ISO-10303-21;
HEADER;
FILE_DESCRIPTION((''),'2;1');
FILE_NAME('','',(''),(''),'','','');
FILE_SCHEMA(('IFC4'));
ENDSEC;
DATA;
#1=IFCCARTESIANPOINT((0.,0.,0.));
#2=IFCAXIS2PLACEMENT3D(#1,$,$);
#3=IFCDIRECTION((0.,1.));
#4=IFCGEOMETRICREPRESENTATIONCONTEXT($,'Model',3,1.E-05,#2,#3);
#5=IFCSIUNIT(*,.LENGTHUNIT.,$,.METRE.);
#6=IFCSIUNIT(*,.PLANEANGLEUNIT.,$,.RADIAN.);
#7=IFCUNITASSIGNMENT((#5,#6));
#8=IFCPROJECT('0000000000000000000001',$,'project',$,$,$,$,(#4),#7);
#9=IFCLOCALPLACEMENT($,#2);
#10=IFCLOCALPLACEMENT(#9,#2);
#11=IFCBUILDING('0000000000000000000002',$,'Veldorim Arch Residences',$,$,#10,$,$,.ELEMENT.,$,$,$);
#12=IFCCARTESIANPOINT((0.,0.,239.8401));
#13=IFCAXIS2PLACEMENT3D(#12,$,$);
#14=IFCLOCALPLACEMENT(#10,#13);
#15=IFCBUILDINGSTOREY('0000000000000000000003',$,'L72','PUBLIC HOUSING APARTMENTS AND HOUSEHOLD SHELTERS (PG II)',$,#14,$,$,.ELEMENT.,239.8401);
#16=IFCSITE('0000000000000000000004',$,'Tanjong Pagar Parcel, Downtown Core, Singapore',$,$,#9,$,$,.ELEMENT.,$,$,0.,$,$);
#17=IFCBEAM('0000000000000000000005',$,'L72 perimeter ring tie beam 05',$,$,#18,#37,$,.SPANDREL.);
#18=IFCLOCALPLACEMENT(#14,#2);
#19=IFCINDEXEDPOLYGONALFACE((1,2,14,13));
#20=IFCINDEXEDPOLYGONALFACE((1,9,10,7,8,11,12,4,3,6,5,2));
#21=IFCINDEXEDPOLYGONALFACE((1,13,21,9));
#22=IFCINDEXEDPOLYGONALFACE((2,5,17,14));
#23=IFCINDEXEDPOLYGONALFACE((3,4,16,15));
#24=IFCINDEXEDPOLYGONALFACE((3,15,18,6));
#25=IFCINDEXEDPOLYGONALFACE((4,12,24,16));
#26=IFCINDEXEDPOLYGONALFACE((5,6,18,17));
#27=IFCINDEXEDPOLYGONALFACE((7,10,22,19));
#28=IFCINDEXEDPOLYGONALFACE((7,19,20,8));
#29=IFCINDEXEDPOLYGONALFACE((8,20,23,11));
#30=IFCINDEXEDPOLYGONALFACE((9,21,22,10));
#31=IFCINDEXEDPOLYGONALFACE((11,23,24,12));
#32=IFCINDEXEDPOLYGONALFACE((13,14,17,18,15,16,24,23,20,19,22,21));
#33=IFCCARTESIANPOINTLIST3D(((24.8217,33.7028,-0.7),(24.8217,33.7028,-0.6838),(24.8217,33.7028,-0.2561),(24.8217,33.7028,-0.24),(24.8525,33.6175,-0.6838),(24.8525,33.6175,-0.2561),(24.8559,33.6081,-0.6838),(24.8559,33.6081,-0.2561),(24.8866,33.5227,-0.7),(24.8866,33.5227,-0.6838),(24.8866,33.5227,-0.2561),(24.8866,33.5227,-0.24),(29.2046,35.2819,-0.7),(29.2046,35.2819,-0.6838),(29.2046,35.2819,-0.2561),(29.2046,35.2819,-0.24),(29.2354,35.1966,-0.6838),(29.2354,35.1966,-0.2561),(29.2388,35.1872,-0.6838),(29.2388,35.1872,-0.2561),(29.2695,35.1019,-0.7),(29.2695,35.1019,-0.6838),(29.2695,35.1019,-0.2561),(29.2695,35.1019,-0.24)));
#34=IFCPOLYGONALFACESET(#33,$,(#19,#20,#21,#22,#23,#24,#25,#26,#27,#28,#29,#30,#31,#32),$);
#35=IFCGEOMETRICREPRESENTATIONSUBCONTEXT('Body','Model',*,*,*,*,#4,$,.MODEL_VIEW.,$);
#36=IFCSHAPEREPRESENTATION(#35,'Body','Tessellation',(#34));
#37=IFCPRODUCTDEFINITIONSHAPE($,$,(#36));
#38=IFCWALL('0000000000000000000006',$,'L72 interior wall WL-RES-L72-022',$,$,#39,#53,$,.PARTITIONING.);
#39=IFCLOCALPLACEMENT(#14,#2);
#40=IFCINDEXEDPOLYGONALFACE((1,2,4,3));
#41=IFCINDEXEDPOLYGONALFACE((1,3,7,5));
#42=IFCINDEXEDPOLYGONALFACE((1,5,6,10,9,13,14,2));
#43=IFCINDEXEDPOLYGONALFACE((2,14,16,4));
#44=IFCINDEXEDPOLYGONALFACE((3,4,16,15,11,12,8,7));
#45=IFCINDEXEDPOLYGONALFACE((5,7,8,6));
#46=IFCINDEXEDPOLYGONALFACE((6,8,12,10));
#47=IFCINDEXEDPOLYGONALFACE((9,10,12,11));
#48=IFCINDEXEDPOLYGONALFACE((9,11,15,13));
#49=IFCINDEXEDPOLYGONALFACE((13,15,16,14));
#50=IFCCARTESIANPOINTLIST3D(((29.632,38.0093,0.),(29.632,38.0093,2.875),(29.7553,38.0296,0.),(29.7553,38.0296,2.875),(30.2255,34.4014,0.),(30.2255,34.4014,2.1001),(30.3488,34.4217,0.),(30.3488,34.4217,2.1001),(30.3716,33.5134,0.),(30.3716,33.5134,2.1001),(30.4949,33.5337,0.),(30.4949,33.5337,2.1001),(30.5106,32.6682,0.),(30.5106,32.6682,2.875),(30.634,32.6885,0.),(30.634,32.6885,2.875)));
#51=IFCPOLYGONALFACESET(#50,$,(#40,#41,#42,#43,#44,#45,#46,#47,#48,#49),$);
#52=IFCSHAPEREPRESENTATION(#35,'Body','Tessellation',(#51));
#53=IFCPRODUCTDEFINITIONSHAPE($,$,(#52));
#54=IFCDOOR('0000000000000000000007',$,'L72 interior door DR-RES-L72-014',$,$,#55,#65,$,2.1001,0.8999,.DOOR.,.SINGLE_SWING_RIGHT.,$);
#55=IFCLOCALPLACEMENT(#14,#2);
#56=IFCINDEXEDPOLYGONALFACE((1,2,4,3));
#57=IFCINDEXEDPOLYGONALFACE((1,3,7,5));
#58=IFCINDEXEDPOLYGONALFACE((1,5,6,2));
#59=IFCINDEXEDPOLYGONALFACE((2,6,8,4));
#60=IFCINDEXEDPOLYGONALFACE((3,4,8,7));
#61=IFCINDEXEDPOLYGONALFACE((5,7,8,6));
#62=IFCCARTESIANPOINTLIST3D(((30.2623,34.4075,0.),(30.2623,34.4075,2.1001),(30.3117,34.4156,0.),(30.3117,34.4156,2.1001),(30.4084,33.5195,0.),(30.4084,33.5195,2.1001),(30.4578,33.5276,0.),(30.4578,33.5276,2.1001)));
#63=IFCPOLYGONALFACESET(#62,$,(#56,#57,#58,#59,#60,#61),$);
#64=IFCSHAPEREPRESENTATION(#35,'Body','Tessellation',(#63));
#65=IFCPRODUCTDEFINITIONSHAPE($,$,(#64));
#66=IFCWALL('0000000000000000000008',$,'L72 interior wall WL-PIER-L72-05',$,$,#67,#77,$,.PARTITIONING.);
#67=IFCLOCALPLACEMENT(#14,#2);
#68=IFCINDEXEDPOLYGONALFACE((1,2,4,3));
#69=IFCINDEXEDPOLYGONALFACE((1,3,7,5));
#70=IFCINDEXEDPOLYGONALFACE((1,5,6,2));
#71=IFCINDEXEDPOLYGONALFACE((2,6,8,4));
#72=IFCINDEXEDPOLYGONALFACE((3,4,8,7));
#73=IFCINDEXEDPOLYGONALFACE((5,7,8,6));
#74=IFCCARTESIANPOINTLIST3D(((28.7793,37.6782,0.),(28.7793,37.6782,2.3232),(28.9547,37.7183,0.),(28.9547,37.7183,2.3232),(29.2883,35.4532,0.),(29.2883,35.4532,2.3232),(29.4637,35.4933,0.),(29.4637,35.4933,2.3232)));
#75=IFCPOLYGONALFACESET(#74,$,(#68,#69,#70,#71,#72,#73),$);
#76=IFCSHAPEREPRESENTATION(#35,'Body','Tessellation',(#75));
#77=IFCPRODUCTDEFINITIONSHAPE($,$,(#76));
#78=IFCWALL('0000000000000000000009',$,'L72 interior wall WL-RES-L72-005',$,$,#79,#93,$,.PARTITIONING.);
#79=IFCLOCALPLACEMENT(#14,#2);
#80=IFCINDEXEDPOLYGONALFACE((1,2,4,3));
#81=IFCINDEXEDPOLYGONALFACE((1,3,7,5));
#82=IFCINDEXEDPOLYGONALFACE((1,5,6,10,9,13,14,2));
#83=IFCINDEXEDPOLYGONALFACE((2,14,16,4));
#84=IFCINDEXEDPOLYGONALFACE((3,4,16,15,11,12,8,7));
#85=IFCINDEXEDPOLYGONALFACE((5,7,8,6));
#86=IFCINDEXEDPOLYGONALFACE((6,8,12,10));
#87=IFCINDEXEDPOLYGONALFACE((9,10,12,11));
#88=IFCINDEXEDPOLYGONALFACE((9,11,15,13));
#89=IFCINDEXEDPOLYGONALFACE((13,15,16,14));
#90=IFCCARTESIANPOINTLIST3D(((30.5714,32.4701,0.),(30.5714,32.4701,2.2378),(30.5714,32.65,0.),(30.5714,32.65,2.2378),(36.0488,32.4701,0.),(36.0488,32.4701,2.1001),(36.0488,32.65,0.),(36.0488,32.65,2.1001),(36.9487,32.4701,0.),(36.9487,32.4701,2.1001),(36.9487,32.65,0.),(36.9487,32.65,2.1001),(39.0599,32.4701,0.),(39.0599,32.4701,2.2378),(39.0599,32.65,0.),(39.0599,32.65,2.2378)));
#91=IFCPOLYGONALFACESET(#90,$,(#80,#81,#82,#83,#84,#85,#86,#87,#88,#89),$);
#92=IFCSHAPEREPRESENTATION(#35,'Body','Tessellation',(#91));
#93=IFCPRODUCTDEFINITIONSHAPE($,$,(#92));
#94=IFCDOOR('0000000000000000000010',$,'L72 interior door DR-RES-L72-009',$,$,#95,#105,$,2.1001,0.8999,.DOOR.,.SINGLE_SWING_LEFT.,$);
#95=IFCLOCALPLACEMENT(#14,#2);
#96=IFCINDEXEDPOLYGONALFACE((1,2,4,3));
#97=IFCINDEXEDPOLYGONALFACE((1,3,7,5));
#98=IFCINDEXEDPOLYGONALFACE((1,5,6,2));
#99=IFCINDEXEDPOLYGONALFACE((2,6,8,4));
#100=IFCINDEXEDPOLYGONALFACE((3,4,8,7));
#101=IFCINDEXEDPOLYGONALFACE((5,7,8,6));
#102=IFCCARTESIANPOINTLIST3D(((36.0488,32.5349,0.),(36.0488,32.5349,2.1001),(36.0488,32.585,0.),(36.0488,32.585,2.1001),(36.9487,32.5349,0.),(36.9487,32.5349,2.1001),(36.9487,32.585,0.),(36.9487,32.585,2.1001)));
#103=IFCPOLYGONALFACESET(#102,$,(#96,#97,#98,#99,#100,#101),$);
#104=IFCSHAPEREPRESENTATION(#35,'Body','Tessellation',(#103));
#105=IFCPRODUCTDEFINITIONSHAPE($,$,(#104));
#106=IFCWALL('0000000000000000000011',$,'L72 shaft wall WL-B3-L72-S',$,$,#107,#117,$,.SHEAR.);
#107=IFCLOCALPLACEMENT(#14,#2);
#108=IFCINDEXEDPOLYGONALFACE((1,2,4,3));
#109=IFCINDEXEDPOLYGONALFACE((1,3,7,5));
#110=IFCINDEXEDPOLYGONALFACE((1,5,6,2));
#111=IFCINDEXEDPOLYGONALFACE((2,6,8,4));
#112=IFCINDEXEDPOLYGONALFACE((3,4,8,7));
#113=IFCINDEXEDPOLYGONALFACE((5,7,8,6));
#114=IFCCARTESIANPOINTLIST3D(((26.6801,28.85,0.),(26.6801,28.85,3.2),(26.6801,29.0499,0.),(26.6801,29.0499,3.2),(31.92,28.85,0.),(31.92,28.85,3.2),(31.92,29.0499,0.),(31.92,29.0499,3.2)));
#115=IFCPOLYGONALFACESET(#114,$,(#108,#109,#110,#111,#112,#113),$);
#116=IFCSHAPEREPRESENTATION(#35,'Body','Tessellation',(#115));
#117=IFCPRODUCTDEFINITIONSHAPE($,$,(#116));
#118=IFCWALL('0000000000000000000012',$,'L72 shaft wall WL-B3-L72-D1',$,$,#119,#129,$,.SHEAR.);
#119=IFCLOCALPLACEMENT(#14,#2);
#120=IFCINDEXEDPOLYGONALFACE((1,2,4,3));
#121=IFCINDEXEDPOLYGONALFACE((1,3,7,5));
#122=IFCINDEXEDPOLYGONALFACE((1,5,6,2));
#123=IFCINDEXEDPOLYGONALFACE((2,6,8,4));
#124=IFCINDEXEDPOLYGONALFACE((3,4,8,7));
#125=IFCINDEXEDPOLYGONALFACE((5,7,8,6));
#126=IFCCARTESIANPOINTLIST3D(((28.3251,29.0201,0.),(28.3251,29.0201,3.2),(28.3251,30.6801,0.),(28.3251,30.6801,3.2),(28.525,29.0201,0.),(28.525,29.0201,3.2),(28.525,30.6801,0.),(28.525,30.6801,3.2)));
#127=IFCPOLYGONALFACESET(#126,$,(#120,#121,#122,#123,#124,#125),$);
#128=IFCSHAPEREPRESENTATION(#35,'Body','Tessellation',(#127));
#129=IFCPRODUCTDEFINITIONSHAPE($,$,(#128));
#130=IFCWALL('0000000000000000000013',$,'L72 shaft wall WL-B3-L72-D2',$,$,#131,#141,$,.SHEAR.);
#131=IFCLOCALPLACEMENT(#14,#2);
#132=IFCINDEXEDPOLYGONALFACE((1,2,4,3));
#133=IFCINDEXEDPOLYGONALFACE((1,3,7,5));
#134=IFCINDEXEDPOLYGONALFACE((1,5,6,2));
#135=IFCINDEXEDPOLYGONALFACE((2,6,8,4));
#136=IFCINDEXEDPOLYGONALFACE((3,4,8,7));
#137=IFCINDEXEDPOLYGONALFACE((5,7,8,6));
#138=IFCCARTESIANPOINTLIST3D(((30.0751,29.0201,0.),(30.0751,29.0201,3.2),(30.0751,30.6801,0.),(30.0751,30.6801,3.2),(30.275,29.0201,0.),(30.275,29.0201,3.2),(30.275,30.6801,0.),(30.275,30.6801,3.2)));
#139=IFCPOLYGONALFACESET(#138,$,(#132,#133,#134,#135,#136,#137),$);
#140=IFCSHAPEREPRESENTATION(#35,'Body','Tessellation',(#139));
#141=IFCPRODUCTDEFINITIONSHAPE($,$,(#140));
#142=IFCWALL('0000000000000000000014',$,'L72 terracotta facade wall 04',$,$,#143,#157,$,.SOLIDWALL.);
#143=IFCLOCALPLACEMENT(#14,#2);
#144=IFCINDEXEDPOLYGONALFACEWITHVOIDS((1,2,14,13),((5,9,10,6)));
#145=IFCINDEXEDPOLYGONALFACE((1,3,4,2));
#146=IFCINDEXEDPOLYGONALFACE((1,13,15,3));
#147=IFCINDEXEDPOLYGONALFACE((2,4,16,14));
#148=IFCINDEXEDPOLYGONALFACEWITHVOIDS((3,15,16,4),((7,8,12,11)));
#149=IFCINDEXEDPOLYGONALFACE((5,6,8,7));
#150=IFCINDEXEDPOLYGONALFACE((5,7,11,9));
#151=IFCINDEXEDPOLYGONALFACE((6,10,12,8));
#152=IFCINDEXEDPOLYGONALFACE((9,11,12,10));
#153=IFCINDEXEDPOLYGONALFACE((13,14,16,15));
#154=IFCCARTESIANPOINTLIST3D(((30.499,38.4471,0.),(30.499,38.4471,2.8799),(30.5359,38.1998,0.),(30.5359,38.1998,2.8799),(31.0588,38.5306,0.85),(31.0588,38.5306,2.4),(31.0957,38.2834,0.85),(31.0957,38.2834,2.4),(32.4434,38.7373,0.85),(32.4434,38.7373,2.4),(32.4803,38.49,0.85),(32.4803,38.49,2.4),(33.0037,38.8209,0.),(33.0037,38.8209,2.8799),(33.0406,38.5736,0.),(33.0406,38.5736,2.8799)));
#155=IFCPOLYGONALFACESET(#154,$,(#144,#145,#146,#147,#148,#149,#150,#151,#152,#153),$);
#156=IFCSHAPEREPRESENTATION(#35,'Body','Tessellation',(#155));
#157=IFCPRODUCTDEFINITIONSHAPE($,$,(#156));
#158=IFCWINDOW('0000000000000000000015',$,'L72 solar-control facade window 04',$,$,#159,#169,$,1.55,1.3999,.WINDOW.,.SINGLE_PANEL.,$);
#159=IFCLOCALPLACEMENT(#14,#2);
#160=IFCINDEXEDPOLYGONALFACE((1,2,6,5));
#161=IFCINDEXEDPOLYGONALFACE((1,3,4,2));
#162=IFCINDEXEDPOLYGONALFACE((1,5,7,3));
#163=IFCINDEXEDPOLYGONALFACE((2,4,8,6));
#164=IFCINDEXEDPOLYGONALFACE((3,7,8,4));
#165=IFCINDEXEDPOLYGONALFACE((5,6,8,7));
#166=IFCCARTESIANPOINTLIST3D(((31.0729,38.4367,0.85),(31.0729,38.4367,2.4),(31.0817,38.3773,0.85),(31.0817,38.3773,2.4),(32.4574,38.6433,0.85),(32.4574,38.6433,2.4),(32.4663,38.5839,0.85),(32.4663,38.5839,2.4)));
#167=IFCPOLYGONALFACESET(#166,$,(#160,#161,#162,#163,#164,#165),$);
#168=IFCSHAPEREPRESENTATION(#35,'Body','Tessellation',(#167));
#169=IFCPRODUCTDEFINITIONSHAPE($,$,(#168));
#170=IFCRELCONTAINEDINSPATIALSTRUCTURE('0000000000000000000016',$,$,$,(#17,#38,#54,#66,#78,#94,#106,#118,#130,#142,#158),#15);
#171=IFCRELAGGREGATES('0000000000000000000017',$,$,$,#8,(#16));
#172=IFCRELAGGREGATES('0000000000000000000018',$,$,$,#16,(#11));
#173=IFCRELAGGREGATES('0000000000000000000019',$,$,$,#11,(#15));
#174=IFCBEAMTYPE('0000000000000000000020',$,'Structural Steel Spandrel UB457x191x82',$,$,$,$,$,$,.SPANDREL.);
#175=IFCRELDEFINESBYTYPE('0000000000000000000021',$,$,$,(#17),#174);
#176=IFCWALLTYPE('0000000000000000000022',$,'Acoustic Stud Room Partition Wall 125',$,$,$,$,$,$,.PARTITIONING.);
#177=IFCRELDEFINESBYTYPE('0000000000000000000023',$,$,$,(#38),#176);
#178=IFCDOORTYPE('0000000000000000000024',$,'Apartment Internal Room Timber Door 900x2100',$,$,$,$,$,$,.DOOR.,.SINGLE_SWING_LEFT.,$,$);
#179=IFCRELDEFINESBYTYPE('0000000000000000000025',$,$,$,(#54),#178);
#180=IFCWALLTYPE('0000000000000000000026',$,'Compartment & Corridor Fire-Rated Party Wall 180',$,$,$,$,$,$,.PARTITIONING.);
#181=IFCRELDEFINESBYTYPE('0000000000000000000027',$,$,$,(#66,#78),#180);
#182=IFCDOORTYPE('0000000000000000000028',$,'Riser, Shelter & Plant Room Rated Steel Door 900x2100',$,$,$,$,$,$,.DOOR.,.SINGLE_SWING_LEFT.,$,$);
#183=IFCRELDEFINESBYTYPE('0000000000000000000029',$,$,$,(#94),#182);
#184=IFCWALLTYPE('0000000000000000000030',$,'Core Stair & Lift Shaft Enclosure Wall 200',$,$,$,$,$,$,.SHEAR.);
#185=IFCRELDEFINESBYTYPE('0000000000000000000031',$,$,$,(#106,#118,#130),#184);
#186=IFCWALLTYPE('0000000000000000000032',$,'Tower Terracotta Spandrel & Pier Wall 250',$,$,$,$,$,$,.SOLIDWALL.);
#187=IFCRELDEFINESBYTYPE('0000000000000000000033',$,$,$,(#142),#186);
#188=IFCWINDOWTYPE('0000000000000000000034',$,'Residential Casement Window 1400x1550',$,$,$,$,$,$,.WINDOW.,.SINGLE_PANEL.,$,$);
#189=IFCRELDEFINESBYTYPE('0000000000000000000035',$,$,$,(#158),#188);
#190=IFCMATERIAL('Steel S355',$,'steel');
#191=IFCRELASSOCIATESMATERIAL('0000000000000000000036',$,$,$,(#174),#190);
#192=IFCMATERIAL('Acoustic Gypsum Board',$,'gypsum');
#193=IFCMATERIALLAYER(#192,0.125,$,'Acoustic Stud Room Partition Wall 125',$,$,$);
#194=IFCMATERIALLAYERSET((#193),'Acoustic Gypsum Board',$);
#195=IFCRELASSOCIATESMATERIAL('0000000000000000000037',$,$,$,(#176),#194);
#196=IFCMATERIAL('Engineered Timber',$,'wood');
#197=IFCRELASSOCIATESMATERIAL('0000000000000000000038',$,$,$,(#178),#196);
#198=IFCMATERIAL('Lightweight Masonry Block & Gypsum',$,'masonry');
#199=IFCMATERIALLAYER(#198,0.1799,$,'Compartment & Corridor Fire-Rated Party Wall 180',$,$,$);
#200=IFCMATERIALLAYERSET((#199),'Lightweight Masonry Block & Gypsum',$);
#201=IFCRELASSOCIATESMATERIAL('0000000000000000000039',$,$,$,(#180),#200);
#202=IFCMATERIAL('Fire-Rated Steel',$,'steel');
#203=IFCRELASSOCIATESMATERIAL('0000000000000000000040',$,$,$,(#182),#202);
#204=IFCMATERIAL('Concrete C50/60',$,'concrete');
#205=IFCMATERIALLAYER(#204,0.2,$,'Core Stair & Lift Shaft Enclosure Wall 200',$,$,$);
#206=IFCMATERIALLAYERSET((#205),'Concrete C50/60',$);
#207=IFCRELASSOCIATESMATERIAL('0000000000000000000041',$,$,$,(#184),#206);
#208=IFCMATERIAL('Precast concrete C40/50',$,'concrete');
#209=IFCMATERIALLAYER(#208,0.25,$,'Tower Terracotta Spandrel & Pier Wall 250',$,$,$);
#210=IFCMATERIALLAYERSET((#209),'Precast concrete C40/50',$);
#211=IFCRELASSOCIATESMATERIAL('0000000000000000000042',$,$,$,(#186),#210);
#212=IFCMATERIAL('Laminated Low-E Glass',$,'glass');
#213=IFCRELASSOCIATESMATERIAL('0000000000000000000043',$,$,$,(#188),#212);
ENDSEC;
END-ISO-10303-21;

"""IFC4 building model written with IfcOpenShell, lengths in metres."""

from ifc_helpers import new_model, si_unit, direction, frame, frame_2d, origin, origin_2d, place, context, subcontext, project, spatial, rectangle, i_section, extrude, material, layer, layer_set, material_profile, profile_set, type_object, element, fill, save


model = new_model("IFC4")

# Units and contexts
model_context = context("Model", 3, precision=1e-05, world=origin(), true_north=direction((0.0, 1.0)))
body_context = subcontext(model_context, "Body", "Model", "MODEL_VIEW")
ifc_project = project(units=[si_unit("LENGTHUNIT", "METRE"), si_unit("PLANEANGLEUNIT", "RADIAN")], contexts=[model_context])

# Site, building, storey
site_placement = place(None, origin())
site = spatial("IfcSite", under=ifc_project, at=site_placement, Name="Tanjong Pagar Parcel, Downtown Core, Singapore", CompositionType="ELEMENT", RefElevation=0.0)
building_placement = place(site_placement, origin())
building = spatial("IfcBuilding", under=site, at=building_placement, Name="Veldorim Arch Residences", CompositionType="ELEMENT")
storey_placement = place(building_placement, frame((0.0, 0.0, 239.8401)))
storey = spatial("IfcBuildingStorey", under=building, at=storey_placement, Name="L72", Description="PUBLIC HOUSING APARTMENTS AND HOUSEHOLD SHELTERS (PG II)", CompositionType="ELEMENT", Elevation=239.8401)

# Beam
ifc_material_1 = material(Name="Steel S355", Category="steel")
ifc_material_profile_1 = material_profile(ifc_material_1, i_section(OverallWidth=0.1914, OverallDepth=0.46, WebThickness=0.01, FlangeThickness=0.0161, at=origin_2d()), Name="UB457x191x82")
ifc_profile_set_1 = profile_set([ifc_material_profile_1], Name="Steel S355")
beam_type_1 = type_object("IfcBeamType", Name="Structural Steel Spandrel UB457x191x82", PredefinedType="SPANDREL", material=ifc_profile_set_1)
beam_1_placement = place(storey_placement, frame((29.2371, 35.1919, -0.47), z_axis=(-0.940799, -0.338964, 0.0), x_axis=(0.338964, -0.940799, 0.0)))
element("IfcBeam", 1, at=beam_1_placement, inside=storey, type_object=beam_type_1, Name="L72 perimeter ring tie beam 05", PredefinedType="SPANDREL", context=body_context, shape_type="SweptSolid", body=[
    extrude(i_section(OverallWidth=0.1914, OverallDepth=0.46, WebThickness=0.01, FlangeThickness=0.0161, at=origin_2d()), origin(), (0.0, 0.0, 1.0), 4.6587),
])

# Wall, opening, door
ifc_material_2 = material(Name="Acoustic Gypsum Board", Category="gypsum")
ifc_layer_1 = layer(ifc_material_2, 0.125, Name="Acoustic Stud Room Partition Wall 125")
ifc_layer_set_1 = layer_set([ifc_layer_1], Name="Acoustic Gypsum Board")
wall_type_1 = type_object("IfcWallType", Name="Acoustic Stud Room Partition Wall 125", PredefinedType="PARTITIONING", material=ifc_layer_set_1)
wall_1_placement = place(storey_placement, frame((29.6936, 38.0195, 0.0), z_axis=(0.0, 0.0, 1.0), x_axis=(0.162329, -0.986737, 0.0)))
wall_1 = element("IfcWall", 2, at=wall_1_placement, inside=storey, type_object=wall_type_1, Name="L72 interior wall WL-RES-L72-022", PredefinedType="PARTITIONING", context=body_context, shape_type="SweptSolid", body=[
    extrude(rectangle(XDim=5.4128, YDim=0.125, at=frame_2d((2.7065, 0.0))), origin(), (0.0, 0.0, 1.0), 2.875),
])
opening_1_placement = place(wall_1_placement, frame((3.6565, 0.0, 0.0)))
opening_1 = element("IfcOpeningElement", 3, at=opening_1_placement, cuts=wall_1, PredefinedType="OPENING", context=body_context, shape_type="SweptSolid", body=[
    extrude(rectangle(XDim=0.8999, YDim=2.1001, at=frame_2d((0.45, 1.05))), frame((0.0, 0.0725, 0.0), z_axis=(0.0, -1.0, 0.0), x_axis=(1.0, 0.0, 0.0)), (0.0, 0.0, 1.0), 0.145),
])
ifc_material_3 = material(Name="Engineered Timber", Category="wood")
door_type_1 = type_object("IfcDoorType", Name="Apartment Internal Room Timber Door 900x2100", OperationType="SINGLE_SWING_LEFT", PredefinedType="DOOR", material=ifc_material_3)
door_1_placement = place(opening_1_placement, origin())
door_1 = element("IfcDoor", 4, at=door_1_placement, inside=storey, type_object=door_type_1, Name="L72 interior door DR-RES-L72-014", OperationType="SINGLE_SWING_RIGHT", OverallHeight=2.1001, OverallWidth=0.8999, PredefinedType="DOOR", context=body_context, shape_type="SweptSolid", body=[
    extrude(rectangle(XDim=0.8999, YDim=2.1001, at=frame_2d((0.45, 1.05))), frame((0.0, 0.0249, 0.0), z_axis=(0.0, -1.0, 0.0), x_axis=(1.0, 0.0, 0.0)), (0.0, 0.0, 1.0), 0.05),
])
fill(opening_1, door_1)

# Wall
ifc_material_4 = material(Name="Lightweight Masonry Block & Gypsum", Category="masonry")
ifc_layer_2 = layer(ifc_material_4, 0.1799, Name="Compartment & Corridor Fire-Rated Party Wall 180")
ifc_layer_set_2 = layer_set([ifc_layer_2], Name="Lightweight Masonry Block & Gypsum")
wall_type_2 = type_object("IfcWallType", Name="Compartment & Corridor Fire-Rated Party Wall 180", PredefinedType="PARTITIONING", material=ifc_layer_set_2)
wall_2_placement = place(storey_placement, frame((29.376, 35.4734, 0.0), z_axis=(0.0, 0.0, 1.0), x_axis=(-0.223008, 0.974817, 0.0)))
element("IfcWall", 5, at=wall_2_placement, inside=storey, type_object=wall_type_2, Name="L72 interior wall WL-PIER-L72-05", PredefinedType="PARTITIONING", context=body_context, shape_type="SweptSolid", body=[
    extrude(rectangle(XDim=2.2825, YDim=0.1799, at=frame_2d((1.1411, 0.0))), origin(), (0.0, 0.0, 1.0), 2.3232),
])

# Wall, opening, door
wall_3_placement = place(storey_placement, frame((30.5715, 32.5601, 0.0), z_axis=(0.0, 0.0, 1.0), x_axis=(1.0, 0.0, 0.0)))
wall_3 = element("IfcWall", 6, at=wall_3_placement, inside=storey, type_object=wall_type_2, Name="L72 interior wall WL-RES-L72-005", PredefinedType="PARTITIONING", context=body_context, shape_type="SweptSolid", body=[
    extrude(rectangle(XDim=8.4885, YDim=0.1799, at=frame_2d((4.2441, 0.0))), origin(), (0.0, 0.0, 1.0), 2.2378),
])
opening_2_placement = place(wall_3_placement, frame((5.4773, 0.0, 0.0)))
opening_2 = element("IfcOpeningElement", 7, at=opening_2_placement, cuts=wall_3, PredefinedType="OPENING", context=body_context, shape_type="SweptSolid", body=[
    extrude(rectangle(XDim=0.8999, YDim=2.1001, at=frame_2d((0.45, 1.05))), frame((0.0, 0.0999, 0.0), z_axis=(0.0, -1.0, 0.0), x_axis=(1.0, 0.0, 0.0)), (0.0, 0.0, 1.0), 0.2),
])
ifc_material_5 = material(Name="Fire-Rated Steel", Category="steel")
door_type_2 = type_object("IfcDoorType", Name="Riser, Shelter & Plant Room Rated Steel Door 900x2100", OperationType="SINGLE_SWING_LEFT", PredefinedType="DOOR", material=ifc_material_5)
door_2_placement = place(opening_2_placement, origin())
door_2 = element("IfcDoor", 8, at=door_2_placement, inside=storey, type_object=door_type_2, Name="L72 interior door DR-RES-L72-009", OperationType="SINGLE_SWING_LEFT", OverallHeight=2.1001, OverallWidth=0.8999, PredefinedType="DOOR", context=body_context, shape_type="SweptSolid", body=[
    extrude(rectangle(XDim=0.8999, YDim=2.1001, at=frame_2d((0.45, 1.05))), frame((0.0, 0.0249, 0.0), z_axis=(0.0, -1.0, 0.0), x_axis=(1.0, 0.0, 0.0)), (0.0, 0.0, 1.0), 0.05),
])
fill(opening_2, door_2)

# Walls
ifc_material_6 = material(Name="Concrete C50/60", Category="concrete")
ifc_layer_3 = layer(ifc_material_6, 0.2, Name="Core Stair & Lift Shaft Enclosure Wall 200")
ifc_layer_set_3 = layer_set([ifc_layer_3], Name="Concrete C50/60")
wall_type_3 = type_object("IfcWallType", Name="Core Stair & Lift Shaft Enclosure Wall 200", PredefinedType="SHEAR", material=ifc_layer_set_3)
wall_4_placement = place(storey_placement, frame((26.6799, 28.95, 0.0), z_axis=(0.0, 0.0, 1.0), x_axis=(1.0, 0.0, 0.0)))
element("IfcWall", 9, at=wall_4_placement, inside=storey, type_object=wall_type_3, Name="L72 shaft wall WL-B3-L72-S", PredefinedType="SHEAR", context=body_context, shape_type="SweptSolid", body=[
    extrude(rectangle(XDim=5.24, YDim=0.2, at=frame_2d((2.6201, 0.0))), origin(), (0.0, 0.0, 1.0), 3.2),
])
for number, where, z_axis, x_axis, name in (
    (10, (28.425, 29.02, 0.0), (0.0, 0.0, 1.0), (0.0, 1.0, 0.0), "L72 shaft wall WL-B3-L72-D1"),
    (11, (30.175, 29.02, 0.0), (0.0, 0.0, 1.0), (0.0, 1.0, 0.0), "L72 shaft wall WL-B3-L72-D2"),
):
    element("IfcWall", number, at=place(storey_placement, frame(where, z_axis=z_axis, x_axis=x_axis)), inside=storey, type_object=wall_type_3, Name=name, PredefinedType="SHEAR", context=body_context, shape_type="SweptSolid", body=[
        extrude(rectangle(XDim=1.6599, YDim=0.2, at=frame_2d((0.8301, 0.0))), origin(), (0.0, 0.0, 1.0), 3.2),
    ])

# Wall, opening, window
ifc_material_7 = material(Name="Precast concrete C40/50", Category="concrete")
ifc_layer_4 = layer(ifc_material_7, 0.25, Name="Tower Terracotta Spandrel & Pier Wall 250")
ifc_layer_set_4 = layer_set([ifc_layer_4], Name="Precast concrete C40/50")
wall_type_4 = type_object("IfcWallType", Name="Tower Terracotta Spandrel & Pier Wall 250", PredefinedType="SOLIDWALL", material=ifc_layer_set_4)
wall_5_placement = place(storey_placement, frame((30.5176, 38.3235, 0.0), z_axis=(0.0, 0.0, 1.0), x_axis=(0.989047, 0.1476, 0.0)))
wall_5 = element("IfcWall", 12, at=wall_5_placement, inside=storey, type_object=wall_type_4, Name="L72 terracotta facade wall 04", PredefinedType="SOLIDWALL", context=body_context, shape_type="SweptSolid", body=[
    extrude(rectangle(XDim=2.5325, YDim=0.25, at=frame_2d((1.2661, 0.0))), origin(), (0.0, 0.0, 1.0), 2.8799),
])
opening_3_placement = place(wall_5_placement, frame((0.5659, 0.0, 0.8501)))
opening_3 = element("IfcOpeningElement", 13, at=opening_3_placement, cuts=wall_5, PredefinedType="OPENING", context=body_context, shape_type="SweptSolid", body=[
    extrude(rectangle(XDim=1.3999, YDim=1.55, at=frame_2d((0.7, 0.7749))), frame((0.0, 0.135, 0.0), z_axis=(0.0, -1.0, 0.0), x_axis=(1.0, 0.0, 0.0)), (0.0, 0.0, 1.0), 0.27),
])
ifc_material_8 = material(Name="Laminated Low-E Glass", Category="glass")
window_type = type_object("IfcWindowType", Name="Residential Casement Window 1400x1550", PartitioningType="SINGLE_PANEL", PredefinedType="WINDOW", material=ifc_material_8)
window_placement = place(opening_3_placement, origin())
window = element("IfcWindow", 14, at=window_placement, inside=storey, type_object=window_type, Name="L72 solar-control facade window 04", OverallHeight=1.55, OverallWidth=1.3999, PartitioningType="SINGLE_PANEL", PredefinedType="WINDOW", context=body_context, shape_type="SweptSolid", body=[
    extrude(rectangle(XDim=1.3999, YDim=1.55, at=frame_2d((0.7, 0.7749))), frame((0.0, 0.03, 0.0), z_axis=(0.0, -1.0, 0.0), x_axis=(1.0, 0.0, 0.0)), (0.0, 0.0, 1.0), 0.0601),
])
fill(opening_3, window)

save(model, "model.ifc")
